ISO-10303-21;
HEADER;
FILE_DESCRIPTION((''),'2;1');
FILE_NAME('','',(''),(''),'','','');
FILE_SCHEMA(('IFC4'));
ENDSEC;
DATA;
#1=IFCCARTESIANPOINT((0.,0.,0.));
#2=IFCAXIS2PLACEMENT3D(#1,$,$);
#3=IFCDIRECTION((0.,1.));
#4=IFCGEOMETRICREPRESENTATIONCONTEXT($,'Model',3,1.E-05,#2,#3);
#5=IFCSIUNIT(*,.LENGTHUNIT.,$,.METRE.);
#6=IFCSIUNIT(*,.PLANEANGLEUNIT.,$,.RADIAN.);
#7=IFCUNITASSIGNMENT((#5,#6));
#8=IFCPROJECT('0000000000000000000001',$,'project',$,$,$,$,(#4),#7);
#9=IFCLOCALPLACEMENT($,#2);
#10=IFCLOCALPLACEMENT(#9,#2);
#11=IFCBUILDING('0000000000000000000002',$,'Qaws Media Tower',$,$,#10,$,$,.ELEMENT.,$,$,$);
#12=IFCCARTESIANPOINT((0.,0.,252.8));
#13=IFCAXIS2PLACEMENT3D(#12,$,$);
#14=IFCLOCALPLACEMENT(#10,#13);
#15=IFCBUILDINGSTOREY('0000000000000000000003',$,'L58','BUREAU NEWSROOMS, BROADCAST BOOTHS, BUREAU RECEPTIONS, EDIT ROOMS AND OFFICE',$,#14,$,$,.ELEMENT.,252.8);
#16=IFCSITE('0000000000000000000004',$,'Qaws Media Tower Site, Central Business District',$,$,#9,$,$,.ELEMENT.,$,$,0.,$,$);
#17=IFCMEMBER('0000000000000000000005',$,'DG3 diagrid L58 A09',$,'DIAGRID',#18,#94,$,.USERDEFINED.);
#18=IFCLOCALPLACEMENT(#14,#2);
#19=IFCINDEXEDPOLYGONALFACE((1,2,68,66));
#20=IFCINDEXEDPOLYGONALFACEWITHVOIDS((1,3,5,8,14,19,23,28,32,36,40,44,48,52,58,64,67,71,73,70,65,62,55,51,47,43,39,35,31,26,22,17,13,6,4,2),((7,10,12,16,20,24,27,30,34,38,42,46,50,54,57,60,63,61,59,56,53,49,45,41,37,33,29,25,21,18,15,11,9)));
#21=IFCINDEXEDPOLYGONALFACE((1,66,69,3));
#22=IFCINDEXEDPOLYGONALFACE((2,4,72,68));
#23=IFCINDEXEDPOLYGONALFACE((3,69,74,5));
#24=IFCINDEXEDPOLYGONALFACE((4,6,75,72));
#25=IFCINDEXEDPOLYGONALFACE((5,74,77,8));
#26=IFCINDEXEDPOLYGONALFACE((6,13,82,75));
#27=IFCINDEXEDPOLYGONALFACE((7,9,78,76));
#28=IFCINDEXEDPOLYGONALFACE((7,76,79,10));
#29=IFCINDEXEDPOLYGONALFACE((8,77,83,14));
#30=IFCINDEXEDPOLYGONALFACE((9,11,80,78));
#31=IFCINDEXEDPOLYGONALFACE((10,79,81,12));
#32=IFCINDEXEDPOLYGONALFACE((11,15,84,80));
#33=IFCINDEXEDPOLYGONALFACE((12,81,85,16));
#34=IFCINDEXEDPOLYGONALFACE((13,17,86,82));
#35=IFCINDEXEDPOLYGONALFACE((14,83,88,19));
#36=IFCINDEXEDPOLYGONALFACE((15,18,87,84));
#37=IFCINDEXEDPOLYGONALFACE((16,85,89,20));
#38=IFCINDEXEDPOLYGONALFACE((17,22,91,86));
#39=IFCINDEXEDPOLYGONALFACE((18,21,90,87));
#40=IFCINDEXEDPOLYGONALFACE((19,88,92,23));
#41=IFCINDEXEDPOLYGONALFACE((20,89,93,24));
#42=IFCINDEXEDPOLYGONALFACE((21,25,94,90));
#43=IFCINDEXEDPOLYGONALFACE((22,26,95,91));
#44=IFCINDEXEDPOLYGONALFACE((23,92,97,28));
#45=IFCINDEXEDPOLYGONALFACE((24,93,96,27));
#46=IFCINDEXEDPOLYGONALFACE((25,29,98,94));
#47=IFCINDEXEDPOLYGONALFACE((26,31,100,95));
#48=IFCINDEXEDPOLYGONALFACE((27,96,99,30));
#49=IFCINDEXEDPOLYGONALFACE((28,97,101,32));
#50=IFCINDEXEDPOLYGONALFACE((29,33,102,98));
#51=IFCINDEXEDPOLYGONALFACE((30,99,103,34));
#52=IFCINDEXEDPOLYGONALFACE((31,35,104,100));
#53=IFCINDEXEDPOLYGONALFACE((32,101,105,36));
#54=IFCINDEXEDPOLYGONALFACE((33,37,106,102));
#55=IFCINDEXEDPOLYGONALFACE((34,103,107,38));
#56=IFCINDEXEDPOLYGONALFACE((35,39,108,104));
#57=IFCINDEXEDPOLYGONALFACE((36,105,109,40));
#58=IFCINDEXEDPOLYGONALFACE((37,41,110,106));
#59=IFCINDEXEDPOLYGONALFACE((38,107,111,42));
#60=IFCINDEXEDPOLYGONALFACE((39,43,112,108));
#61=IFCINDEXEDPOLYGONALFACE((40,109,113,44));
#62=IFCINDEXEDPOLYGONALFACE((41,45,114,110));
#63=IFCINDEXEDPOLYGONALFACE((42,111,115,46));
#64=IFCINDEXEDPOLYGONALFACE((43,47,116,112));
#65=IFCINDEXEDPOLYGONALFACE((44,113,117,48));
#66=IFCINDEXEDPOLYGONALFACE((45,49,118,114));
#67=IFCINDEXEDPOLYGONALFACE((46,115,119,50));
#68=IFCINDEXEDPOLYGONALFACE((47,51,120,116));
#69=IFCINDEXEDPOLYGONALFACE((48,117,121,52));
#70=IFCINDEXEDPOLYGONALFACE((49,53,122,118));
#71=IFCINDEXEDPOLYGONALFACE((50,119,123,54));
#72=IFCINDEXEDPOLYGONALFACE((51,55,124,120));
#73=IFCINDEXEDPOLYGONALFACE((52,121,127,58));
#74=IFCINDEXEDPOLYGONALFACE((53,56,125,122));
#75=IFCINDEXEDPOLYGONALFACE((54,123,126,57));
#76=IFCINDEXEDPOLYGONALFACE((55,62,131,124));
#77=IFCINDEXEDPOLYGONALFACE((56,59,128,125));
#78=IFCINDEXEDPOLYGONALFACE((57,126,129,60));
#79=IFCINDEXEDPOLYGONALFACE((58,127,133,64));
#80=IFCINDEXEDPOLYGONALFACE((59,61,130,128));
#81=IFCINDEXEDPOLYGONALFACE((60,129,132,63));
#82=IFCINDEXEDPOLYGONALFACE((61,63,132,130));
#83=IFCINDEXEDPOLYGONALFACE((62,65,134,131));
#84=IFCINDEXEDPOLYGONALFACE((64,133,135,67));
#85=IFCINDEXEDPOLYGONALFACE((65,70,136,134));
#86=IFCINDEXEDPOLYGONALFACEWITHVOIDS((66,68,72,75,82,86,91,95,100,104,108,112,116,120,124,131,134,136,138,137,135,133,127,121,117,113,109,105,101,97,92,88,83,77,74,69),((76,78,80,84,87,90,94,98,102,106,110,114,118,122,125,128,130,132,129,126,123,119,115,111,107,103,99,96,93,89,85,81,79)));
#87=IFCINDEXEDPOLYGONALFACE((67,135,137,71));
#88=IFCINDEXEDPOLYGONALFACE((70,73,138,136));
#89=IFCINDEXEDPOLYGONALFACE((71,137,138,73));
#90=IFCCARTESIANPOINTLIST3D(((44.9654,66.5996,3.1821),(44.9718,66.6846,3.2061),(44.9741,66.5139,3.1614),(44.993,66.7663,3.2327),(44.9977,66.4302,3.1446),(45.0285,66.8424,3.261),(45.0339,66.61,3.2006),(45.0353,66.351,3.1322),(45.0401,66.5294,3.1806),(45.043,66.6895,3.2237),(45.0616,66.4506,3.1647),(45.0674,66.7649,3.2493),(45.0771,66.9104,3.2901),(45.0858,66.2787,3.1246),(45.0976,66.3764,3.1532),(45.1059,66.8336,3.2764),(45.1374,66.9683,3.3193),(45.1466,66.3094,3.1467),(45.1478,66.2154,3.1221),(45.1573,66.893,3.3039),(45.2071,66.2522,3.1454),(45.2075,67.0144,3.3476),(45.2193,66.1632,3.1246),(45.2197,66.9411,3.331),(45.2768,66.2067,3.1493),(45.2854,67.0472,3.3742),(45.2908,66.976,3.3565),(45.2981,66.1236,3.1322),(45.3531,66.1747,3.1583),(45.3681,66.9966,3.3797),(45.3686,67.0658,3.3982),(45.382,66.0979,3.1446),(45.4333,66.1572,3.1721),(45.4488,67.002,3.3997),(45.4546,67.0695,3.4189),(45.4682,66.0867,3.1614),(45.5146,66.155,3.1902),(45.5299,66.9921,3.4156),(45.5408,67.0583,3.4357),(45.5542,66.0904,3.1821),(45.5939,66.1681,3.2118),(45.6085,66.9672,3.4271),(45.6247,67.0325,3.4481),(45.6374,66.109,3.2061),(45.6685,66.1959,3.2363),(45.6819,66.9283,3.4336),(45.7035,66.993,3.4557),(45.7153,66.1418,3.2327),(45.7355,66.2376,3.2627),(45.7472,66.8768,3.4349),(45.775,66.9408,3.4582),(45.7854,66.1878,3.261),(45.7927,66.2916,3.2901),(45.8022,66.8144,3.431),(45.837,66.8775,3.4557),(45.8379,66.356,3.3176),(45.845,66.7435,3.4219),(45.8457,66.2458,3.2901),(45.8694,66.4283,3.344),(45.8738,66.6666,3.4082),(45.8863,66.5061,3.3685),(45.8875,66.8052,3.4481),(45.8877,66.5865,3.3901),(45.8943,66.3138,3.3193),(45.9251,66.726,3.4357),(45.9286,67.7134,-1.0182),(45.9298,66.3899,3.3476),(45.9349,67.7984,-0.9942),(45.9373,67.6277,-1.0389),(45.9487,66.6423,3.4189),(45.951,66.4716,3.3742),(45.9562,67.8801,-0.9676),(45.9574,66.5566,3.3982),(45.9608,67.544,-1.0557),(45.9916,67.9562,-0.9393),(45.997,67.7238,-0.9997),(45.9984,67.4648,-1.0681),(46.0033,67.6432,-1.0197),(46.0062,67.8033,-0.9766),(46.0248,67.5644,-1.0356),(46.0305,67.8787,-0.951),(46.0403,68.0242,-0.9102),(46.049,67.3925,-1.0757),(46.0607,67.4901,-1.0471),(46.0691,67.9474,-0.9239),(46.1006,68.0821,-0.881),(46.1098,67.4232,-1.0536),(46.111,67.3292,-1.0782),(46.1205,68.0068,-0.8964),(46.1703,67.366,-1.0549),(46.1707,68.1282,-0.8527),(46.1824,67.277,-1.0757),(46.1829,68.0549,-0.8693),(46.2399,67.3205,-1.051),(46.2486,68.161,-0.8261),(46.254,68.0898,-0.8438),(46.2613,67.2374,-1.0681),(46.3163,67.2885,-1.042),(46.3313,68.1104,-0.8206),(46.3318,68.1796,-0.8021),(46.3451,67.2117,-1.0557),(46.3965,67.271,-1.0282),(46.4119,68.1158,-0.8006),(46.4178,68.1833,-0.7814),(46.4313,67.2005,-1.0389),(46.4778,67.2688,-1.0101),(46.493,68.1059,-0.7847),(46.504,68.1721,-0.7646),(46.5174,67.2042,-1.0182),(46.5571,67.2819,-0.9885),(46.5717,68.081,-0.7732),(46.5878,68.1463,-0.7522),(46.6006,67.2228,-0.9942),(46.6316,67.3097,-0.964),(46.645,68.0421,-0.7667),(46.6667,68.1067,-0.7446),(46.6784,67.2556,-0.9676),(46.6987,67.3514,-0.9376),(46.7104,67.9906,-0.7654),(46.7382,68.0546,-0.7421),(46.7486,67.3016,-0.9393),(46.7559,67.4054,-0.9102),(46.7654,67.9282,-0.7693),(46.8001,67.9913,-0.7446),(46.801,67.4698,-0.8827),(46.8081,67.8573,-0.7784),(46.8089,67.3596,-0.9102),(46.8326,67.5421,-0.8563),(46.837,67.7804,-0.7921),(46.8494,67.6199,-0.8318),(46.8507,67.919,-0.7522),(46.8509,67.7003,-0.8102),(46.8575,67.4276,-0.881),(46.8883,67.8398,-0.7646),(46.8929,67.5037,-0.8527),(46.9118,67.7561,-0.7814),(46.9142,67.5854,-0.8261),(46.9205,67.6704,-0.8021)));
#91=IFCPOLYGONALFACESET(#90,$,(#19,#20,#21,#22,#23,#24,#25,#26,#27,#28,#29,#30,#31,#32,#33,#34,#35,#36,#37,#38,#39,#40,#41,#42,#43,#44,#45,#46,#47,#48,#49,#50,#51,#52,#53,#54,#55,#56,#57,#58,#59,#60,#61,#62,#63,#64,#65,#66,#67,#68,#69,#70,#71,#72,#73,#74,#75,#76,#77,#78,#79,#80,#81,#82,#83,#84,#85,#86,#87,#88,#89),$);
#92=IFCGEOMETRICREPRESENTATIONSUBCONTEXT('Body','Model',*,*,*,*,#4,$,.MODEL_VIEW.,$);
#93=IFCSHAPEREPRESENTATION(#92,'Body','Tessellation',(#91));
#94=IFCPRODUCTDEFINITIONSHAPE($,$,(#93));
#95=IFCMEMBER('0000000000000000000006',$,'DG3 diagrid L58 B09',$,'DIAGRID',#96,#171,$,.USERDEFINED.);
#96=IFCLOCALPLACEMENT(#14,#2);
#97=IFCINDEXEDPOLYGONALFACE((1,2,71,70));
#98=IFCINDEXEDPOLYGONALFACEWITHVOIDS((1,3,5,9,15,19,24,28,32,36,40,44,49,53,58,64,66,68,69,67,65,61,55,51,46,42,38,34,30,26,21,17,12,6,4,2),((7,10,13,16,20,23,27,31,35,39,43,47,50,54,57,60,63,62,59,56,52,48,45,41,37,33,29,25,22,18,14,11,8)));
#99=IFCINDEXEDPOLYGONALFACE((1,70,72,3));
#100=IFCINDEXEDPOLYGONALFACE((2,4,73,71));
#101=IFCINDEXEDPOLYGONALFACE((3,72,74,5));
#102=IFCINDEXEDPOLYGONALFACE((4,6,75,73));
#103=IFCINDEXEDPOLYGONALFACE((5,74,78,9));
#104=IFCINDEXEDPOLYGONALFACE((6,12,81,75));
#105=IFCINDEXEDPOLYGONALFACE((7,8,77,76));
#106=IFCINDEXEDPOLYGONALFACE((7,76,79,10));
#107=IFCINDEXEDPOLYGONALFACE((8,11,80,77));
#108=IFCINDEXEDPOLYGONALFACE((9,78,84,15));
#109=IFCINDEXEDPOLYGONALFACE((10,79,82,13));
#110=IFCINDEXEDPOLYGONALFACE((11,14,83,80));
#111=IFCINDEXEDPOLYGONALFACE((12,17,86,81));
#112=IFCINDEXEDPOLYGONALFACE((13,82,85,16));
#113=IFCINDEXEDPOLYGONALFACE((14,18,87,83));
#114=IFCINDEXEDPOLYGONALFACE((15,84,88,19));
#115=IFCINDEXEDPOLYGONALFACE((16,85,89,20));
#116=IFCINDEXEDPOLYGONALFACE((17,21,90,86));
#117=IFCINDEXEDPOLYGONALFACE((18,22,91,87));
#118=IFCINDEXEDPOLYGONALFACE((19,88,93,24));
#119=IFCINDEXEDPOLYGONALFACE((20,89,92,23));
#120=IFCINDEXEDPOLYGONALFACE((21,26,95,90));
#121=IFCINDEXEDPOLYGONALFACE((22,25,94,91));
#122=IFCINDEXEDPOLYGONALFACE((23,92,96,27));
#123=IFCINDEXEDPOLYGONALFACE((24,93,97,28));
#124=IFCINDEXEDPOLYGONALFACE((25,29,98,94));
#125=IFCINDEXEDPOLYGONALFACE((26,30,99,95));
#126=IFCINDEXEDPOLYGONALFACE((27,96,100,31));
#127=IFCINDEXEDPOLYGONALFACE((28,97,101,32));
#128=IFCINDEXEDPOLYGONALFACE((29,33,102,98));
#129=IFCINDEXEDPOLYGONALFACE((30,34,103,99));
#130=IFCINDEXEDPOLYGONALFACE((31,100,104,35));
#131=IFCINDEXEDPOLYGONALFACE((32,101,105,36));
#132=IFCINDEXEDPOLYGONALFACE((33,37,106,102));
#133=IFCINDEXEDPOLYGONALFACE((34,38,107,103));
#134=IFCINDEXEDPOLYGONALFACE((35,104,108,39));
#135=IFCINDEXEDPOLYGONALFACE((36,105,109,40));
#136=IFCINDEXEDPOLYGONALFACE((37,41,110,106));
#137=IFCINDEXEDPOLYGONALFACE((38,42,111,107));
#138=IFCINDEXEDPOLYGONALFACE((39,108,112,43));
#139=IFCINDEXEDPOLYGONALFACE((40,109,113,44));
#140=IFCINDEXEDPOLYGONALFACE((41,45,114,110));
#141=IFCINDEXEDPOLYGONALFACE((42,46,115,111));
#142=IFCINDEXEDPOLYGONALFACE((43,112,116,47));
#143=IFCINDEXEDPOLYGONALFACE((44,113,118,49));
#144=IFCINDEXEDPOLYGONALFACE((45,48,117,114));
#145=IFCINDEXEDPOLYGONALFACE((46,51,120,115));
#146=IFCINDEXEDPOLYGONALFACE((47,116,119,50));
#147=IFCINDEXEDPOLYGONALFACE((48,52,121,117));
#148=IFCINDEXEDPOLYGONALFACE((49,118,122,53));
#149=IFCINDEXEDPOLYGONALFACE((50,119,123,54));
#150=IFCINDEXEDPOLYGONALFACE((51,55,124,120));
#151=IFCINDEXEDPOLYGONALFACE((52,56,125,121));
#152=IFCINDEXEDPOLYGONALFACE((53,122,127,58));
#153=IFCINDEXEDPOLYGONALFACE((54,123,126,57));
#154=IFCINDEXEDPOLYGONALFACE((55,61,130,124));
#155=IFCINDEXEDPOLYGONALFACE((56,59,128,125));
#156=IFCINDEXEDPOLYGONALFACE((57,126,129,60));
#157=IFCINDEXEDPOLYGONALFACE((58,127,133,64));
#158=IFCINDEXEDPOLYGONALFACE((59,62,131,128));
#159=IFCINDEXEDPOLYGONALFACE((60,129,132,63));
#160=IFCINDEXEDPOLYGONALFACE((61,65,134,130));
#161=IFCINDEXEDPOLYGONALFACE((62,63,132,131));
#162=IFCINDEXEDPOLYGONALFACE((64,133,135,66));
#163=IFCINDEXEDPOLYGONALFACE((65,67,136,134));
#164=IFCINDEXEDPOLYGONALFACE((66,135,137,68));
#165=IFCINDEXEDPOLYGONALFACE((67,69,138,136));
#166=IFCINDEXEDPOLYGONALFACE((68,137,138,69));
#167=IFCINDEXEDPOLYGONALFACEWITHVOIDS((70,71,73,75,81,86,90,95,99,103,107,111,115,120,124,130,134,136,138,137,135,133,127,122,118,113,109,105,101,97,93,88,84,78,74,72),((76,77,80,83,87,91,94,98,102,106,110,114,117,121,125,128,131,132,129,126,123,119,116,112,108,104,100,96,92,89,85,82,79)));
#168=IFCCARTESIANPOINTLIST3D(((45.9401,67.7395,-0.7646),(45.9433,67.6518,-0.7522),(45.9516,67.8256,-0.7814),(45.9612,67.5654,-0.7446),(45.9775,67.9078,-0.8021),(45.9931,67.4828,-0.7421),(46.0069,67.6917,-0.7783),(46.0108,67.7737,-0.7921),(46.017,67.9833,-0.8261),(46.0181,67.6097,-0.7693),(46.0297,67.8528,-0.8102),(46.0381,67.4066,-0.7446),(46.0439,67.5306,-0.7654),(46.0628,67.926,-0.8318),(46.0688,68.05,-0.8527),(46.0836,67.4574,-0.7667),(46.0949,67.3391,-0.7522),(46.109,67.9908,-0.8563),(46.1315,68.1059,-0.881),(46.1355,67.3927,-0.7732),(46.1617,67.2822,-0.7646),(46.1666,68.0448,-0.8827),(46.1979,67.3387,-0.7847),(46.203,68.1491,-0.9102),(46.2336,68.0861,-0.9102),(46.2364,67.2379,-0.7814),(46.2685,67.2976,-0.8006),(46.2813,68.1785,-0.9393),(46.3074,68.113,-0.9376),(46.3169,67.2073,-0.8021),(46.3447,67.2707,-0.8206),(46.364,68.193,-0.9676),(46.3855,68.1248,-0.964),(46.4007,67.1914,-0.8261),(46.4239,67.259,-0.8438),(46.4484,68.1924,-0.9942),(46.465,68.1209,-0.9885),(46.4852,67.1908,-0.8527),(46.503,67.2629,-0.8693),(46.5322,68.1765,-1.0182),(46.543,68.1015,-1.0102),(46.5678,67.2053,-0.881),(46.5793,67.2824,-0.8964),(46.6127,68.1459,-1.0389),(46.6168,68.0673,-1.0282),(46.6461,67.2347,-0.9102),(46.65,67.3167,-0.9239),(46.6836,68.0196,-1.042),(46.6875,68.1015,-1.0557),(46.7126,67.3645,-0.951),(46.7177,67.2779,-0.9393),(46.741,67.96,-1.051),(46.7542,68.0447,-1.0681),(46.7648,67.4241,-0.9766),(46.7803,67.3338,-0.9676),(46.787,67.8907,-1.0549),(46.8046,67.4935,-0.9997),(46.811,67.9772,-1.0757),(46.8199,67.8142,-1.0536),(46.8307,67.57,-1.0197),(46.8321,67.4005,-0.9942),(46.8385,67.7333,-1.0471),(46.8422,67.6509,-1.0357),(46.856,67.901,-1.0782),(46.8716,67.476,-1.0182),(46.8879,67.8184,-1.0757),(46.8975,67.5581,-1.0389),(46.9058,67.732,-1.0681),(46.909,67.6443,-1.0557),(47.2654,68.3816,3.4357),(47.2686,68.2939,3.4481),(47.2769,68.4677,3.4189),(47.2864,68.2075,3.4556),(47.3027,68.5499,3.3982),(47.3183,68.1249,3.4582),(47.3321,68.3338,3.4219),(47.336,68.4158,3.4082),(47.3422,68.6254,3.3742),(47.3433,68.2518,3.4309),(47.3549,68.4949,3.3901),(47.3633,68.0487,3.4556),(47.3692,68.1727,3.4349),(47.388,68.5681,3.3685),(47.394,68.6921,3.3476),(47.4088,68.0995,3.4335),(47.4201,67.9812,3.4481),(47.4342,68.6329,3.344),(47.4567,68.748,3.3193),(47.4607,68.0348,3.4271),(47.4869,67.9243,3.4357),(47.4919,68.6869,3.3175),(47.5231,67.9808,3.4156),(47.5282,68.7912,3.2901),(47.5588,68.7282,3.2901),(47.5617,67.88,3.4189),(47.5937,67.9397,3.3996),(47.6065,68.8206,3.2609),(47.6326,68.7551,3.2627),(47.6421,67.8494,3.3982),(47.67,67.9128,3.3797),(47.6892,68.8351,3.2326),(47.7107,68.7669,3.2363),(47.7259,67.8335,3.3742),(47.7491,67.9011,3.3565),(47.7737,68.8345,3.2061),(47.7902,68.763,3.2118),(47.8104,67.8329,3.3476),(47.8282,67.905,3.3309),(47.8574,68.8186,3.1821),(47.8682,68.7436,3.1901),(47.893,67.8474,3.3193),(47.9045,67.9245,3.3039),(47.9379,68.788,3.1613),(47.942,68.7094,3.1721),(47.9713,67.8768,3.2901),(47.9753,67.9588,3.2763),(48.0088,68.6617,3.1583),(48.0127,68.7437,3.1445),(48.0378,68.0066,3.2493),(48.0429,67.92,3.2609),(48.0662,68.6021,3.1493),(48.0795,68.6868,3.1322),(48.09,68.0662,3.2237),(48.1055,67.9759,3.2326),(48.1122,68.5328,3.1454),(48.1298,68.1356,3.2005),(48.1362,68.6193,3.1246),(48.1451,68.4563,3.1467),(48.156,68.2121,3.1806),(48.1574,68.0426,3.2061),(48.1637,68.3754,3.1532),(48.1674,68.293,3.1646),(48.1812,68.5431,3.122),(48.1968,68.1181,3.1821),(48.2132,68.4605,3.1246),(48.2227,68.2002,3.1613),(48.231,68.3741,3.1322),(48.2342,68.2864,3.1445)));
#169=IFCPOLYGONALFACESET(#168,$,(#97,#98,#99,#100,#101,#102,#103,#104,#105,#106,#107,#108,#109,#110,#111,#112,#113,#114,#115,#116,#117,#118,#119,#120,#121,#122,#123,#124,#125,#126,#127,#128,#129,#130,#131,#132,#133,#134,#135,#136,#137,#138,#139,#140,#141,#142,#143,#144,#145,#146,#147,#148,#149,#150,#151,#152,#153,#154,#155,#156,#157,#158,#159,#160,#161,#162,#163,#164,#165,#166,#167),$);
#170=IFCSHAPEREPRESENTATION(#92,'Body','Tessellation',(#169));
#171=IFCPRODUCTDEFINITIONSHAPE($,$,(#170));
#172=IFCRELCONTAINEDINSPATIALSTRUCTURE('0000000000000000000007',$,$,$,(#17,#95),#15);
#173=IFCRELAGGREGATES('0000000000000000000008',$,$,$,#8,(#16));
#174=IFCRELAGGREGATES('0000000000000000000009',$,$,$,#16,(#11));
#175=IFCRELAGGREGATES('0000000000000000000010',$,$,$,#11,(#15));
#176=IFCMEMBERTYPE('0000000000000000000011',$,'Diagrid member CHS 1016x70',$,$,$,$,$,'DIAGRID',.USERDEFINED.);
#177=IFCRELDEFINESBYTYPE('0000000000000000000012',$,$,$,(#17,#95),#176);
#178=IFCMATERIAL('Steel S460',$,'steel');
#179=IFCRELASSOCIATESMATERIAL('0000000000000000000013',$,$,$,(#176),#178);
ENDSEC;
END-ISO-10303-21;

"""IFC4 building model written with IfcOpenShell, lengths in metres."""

from ifc_helpers import new_model, si_unit, direction, frame, origin, origin_2d, place, context, subcontext, project, spatial, hollow_circle, extrude, material, material_profile, profile_set, type_object, element, save


model = new_model("IFC4")

# Units and contexts
model_context = context("Model", 3, precision=1e-05, world=origin(), true_north=direction((0.0, 1.0)))
body_context = subcontext(model_context, "Body", "Model", "MODEL_VIEW")
ifc_project = project(units=[si_unit("LENGTHUNIT", "METRE"), si_unit("PLANEANGLEUNIT", "RADIAN")], contexts=[model_context])

# Site, building, storey
site_placement = place(None, origin())
site = spatial("IfcSite", under=ifc_project, at=site_placement, Name="Qaws Media Tower Site, Central Business District", CompositionType="ELEMENT", RefElevation=0.0)
building_placement = place(site_placement, origin())
building = spatial("IfcBuilding", under=site, at=building_placement, Name="Qaws Media Tower", CompositionType="ELEMENT")
storey_placement = place(building_placement, frame((0.0, 0.0, 252.8)))
storey = spatial("IfcBuildingStorey", under=building, at=storey_placement, Name="L58", Description="BUREAU NEWSROOMS, BROADCAST BOOTHS, BUREAU RECEPTIONS, EDIT ROOMS AND OFFICE", CompositionType="ELEMENT", Elevation=252.8)

# Members
ifc_material_1 = material(Name="Steel S460", Category="steel")
ifc_material_profile_1 = material_profile(ifc_material_1, hollow_circle(Radius=0.5081, WallThickness=0.0701, at=origin_2d()), Name="CHS 1016x70")
ifc_profile_set_1 = profile_set([ifc_material_profile_1], Name="Steel S460")
member_type_1 = type_object("IfcMemberType", Name="Diagrid member CHS 1016x70", ElementType="DIAGRID", PredefinedType="USERDEFINED", material=ifc_profile_set_1)
for number, where, z_axis, x_axis, name in (
    (1, (46.4246, 67.6919, -0.9102), (-0.216395, -0.250239, 0.943691), (0.756405, -0.654103, 0.0), "DG3 diagrid L58 A09"),
    (2, (46.4246, 67.6919, -0.9102), (0.29774, 0.144262, 0.943684), (-0.436038, 0.899928, 0.0), "DG3 diagrid L58 B09"),
):
    element("IfcMember", number, at=place(storey_placement, frame(where, z_axis=z_axis, x_axis=x_axis)), inside=storey, type_object=member_type_1, Name=name, ObjectType="DIAGRID", PredefinedType="USERDEFINED", context=body_context, shape_type="SweptSolid", body=[
        extrude(hollow_circle(Radius=0.5081, WallThickness=0.0701, at=origin_2d()), origin(), (0.0, 0.0, 1.0), 4.4509),
    ])

save(model, "model.ifc")
